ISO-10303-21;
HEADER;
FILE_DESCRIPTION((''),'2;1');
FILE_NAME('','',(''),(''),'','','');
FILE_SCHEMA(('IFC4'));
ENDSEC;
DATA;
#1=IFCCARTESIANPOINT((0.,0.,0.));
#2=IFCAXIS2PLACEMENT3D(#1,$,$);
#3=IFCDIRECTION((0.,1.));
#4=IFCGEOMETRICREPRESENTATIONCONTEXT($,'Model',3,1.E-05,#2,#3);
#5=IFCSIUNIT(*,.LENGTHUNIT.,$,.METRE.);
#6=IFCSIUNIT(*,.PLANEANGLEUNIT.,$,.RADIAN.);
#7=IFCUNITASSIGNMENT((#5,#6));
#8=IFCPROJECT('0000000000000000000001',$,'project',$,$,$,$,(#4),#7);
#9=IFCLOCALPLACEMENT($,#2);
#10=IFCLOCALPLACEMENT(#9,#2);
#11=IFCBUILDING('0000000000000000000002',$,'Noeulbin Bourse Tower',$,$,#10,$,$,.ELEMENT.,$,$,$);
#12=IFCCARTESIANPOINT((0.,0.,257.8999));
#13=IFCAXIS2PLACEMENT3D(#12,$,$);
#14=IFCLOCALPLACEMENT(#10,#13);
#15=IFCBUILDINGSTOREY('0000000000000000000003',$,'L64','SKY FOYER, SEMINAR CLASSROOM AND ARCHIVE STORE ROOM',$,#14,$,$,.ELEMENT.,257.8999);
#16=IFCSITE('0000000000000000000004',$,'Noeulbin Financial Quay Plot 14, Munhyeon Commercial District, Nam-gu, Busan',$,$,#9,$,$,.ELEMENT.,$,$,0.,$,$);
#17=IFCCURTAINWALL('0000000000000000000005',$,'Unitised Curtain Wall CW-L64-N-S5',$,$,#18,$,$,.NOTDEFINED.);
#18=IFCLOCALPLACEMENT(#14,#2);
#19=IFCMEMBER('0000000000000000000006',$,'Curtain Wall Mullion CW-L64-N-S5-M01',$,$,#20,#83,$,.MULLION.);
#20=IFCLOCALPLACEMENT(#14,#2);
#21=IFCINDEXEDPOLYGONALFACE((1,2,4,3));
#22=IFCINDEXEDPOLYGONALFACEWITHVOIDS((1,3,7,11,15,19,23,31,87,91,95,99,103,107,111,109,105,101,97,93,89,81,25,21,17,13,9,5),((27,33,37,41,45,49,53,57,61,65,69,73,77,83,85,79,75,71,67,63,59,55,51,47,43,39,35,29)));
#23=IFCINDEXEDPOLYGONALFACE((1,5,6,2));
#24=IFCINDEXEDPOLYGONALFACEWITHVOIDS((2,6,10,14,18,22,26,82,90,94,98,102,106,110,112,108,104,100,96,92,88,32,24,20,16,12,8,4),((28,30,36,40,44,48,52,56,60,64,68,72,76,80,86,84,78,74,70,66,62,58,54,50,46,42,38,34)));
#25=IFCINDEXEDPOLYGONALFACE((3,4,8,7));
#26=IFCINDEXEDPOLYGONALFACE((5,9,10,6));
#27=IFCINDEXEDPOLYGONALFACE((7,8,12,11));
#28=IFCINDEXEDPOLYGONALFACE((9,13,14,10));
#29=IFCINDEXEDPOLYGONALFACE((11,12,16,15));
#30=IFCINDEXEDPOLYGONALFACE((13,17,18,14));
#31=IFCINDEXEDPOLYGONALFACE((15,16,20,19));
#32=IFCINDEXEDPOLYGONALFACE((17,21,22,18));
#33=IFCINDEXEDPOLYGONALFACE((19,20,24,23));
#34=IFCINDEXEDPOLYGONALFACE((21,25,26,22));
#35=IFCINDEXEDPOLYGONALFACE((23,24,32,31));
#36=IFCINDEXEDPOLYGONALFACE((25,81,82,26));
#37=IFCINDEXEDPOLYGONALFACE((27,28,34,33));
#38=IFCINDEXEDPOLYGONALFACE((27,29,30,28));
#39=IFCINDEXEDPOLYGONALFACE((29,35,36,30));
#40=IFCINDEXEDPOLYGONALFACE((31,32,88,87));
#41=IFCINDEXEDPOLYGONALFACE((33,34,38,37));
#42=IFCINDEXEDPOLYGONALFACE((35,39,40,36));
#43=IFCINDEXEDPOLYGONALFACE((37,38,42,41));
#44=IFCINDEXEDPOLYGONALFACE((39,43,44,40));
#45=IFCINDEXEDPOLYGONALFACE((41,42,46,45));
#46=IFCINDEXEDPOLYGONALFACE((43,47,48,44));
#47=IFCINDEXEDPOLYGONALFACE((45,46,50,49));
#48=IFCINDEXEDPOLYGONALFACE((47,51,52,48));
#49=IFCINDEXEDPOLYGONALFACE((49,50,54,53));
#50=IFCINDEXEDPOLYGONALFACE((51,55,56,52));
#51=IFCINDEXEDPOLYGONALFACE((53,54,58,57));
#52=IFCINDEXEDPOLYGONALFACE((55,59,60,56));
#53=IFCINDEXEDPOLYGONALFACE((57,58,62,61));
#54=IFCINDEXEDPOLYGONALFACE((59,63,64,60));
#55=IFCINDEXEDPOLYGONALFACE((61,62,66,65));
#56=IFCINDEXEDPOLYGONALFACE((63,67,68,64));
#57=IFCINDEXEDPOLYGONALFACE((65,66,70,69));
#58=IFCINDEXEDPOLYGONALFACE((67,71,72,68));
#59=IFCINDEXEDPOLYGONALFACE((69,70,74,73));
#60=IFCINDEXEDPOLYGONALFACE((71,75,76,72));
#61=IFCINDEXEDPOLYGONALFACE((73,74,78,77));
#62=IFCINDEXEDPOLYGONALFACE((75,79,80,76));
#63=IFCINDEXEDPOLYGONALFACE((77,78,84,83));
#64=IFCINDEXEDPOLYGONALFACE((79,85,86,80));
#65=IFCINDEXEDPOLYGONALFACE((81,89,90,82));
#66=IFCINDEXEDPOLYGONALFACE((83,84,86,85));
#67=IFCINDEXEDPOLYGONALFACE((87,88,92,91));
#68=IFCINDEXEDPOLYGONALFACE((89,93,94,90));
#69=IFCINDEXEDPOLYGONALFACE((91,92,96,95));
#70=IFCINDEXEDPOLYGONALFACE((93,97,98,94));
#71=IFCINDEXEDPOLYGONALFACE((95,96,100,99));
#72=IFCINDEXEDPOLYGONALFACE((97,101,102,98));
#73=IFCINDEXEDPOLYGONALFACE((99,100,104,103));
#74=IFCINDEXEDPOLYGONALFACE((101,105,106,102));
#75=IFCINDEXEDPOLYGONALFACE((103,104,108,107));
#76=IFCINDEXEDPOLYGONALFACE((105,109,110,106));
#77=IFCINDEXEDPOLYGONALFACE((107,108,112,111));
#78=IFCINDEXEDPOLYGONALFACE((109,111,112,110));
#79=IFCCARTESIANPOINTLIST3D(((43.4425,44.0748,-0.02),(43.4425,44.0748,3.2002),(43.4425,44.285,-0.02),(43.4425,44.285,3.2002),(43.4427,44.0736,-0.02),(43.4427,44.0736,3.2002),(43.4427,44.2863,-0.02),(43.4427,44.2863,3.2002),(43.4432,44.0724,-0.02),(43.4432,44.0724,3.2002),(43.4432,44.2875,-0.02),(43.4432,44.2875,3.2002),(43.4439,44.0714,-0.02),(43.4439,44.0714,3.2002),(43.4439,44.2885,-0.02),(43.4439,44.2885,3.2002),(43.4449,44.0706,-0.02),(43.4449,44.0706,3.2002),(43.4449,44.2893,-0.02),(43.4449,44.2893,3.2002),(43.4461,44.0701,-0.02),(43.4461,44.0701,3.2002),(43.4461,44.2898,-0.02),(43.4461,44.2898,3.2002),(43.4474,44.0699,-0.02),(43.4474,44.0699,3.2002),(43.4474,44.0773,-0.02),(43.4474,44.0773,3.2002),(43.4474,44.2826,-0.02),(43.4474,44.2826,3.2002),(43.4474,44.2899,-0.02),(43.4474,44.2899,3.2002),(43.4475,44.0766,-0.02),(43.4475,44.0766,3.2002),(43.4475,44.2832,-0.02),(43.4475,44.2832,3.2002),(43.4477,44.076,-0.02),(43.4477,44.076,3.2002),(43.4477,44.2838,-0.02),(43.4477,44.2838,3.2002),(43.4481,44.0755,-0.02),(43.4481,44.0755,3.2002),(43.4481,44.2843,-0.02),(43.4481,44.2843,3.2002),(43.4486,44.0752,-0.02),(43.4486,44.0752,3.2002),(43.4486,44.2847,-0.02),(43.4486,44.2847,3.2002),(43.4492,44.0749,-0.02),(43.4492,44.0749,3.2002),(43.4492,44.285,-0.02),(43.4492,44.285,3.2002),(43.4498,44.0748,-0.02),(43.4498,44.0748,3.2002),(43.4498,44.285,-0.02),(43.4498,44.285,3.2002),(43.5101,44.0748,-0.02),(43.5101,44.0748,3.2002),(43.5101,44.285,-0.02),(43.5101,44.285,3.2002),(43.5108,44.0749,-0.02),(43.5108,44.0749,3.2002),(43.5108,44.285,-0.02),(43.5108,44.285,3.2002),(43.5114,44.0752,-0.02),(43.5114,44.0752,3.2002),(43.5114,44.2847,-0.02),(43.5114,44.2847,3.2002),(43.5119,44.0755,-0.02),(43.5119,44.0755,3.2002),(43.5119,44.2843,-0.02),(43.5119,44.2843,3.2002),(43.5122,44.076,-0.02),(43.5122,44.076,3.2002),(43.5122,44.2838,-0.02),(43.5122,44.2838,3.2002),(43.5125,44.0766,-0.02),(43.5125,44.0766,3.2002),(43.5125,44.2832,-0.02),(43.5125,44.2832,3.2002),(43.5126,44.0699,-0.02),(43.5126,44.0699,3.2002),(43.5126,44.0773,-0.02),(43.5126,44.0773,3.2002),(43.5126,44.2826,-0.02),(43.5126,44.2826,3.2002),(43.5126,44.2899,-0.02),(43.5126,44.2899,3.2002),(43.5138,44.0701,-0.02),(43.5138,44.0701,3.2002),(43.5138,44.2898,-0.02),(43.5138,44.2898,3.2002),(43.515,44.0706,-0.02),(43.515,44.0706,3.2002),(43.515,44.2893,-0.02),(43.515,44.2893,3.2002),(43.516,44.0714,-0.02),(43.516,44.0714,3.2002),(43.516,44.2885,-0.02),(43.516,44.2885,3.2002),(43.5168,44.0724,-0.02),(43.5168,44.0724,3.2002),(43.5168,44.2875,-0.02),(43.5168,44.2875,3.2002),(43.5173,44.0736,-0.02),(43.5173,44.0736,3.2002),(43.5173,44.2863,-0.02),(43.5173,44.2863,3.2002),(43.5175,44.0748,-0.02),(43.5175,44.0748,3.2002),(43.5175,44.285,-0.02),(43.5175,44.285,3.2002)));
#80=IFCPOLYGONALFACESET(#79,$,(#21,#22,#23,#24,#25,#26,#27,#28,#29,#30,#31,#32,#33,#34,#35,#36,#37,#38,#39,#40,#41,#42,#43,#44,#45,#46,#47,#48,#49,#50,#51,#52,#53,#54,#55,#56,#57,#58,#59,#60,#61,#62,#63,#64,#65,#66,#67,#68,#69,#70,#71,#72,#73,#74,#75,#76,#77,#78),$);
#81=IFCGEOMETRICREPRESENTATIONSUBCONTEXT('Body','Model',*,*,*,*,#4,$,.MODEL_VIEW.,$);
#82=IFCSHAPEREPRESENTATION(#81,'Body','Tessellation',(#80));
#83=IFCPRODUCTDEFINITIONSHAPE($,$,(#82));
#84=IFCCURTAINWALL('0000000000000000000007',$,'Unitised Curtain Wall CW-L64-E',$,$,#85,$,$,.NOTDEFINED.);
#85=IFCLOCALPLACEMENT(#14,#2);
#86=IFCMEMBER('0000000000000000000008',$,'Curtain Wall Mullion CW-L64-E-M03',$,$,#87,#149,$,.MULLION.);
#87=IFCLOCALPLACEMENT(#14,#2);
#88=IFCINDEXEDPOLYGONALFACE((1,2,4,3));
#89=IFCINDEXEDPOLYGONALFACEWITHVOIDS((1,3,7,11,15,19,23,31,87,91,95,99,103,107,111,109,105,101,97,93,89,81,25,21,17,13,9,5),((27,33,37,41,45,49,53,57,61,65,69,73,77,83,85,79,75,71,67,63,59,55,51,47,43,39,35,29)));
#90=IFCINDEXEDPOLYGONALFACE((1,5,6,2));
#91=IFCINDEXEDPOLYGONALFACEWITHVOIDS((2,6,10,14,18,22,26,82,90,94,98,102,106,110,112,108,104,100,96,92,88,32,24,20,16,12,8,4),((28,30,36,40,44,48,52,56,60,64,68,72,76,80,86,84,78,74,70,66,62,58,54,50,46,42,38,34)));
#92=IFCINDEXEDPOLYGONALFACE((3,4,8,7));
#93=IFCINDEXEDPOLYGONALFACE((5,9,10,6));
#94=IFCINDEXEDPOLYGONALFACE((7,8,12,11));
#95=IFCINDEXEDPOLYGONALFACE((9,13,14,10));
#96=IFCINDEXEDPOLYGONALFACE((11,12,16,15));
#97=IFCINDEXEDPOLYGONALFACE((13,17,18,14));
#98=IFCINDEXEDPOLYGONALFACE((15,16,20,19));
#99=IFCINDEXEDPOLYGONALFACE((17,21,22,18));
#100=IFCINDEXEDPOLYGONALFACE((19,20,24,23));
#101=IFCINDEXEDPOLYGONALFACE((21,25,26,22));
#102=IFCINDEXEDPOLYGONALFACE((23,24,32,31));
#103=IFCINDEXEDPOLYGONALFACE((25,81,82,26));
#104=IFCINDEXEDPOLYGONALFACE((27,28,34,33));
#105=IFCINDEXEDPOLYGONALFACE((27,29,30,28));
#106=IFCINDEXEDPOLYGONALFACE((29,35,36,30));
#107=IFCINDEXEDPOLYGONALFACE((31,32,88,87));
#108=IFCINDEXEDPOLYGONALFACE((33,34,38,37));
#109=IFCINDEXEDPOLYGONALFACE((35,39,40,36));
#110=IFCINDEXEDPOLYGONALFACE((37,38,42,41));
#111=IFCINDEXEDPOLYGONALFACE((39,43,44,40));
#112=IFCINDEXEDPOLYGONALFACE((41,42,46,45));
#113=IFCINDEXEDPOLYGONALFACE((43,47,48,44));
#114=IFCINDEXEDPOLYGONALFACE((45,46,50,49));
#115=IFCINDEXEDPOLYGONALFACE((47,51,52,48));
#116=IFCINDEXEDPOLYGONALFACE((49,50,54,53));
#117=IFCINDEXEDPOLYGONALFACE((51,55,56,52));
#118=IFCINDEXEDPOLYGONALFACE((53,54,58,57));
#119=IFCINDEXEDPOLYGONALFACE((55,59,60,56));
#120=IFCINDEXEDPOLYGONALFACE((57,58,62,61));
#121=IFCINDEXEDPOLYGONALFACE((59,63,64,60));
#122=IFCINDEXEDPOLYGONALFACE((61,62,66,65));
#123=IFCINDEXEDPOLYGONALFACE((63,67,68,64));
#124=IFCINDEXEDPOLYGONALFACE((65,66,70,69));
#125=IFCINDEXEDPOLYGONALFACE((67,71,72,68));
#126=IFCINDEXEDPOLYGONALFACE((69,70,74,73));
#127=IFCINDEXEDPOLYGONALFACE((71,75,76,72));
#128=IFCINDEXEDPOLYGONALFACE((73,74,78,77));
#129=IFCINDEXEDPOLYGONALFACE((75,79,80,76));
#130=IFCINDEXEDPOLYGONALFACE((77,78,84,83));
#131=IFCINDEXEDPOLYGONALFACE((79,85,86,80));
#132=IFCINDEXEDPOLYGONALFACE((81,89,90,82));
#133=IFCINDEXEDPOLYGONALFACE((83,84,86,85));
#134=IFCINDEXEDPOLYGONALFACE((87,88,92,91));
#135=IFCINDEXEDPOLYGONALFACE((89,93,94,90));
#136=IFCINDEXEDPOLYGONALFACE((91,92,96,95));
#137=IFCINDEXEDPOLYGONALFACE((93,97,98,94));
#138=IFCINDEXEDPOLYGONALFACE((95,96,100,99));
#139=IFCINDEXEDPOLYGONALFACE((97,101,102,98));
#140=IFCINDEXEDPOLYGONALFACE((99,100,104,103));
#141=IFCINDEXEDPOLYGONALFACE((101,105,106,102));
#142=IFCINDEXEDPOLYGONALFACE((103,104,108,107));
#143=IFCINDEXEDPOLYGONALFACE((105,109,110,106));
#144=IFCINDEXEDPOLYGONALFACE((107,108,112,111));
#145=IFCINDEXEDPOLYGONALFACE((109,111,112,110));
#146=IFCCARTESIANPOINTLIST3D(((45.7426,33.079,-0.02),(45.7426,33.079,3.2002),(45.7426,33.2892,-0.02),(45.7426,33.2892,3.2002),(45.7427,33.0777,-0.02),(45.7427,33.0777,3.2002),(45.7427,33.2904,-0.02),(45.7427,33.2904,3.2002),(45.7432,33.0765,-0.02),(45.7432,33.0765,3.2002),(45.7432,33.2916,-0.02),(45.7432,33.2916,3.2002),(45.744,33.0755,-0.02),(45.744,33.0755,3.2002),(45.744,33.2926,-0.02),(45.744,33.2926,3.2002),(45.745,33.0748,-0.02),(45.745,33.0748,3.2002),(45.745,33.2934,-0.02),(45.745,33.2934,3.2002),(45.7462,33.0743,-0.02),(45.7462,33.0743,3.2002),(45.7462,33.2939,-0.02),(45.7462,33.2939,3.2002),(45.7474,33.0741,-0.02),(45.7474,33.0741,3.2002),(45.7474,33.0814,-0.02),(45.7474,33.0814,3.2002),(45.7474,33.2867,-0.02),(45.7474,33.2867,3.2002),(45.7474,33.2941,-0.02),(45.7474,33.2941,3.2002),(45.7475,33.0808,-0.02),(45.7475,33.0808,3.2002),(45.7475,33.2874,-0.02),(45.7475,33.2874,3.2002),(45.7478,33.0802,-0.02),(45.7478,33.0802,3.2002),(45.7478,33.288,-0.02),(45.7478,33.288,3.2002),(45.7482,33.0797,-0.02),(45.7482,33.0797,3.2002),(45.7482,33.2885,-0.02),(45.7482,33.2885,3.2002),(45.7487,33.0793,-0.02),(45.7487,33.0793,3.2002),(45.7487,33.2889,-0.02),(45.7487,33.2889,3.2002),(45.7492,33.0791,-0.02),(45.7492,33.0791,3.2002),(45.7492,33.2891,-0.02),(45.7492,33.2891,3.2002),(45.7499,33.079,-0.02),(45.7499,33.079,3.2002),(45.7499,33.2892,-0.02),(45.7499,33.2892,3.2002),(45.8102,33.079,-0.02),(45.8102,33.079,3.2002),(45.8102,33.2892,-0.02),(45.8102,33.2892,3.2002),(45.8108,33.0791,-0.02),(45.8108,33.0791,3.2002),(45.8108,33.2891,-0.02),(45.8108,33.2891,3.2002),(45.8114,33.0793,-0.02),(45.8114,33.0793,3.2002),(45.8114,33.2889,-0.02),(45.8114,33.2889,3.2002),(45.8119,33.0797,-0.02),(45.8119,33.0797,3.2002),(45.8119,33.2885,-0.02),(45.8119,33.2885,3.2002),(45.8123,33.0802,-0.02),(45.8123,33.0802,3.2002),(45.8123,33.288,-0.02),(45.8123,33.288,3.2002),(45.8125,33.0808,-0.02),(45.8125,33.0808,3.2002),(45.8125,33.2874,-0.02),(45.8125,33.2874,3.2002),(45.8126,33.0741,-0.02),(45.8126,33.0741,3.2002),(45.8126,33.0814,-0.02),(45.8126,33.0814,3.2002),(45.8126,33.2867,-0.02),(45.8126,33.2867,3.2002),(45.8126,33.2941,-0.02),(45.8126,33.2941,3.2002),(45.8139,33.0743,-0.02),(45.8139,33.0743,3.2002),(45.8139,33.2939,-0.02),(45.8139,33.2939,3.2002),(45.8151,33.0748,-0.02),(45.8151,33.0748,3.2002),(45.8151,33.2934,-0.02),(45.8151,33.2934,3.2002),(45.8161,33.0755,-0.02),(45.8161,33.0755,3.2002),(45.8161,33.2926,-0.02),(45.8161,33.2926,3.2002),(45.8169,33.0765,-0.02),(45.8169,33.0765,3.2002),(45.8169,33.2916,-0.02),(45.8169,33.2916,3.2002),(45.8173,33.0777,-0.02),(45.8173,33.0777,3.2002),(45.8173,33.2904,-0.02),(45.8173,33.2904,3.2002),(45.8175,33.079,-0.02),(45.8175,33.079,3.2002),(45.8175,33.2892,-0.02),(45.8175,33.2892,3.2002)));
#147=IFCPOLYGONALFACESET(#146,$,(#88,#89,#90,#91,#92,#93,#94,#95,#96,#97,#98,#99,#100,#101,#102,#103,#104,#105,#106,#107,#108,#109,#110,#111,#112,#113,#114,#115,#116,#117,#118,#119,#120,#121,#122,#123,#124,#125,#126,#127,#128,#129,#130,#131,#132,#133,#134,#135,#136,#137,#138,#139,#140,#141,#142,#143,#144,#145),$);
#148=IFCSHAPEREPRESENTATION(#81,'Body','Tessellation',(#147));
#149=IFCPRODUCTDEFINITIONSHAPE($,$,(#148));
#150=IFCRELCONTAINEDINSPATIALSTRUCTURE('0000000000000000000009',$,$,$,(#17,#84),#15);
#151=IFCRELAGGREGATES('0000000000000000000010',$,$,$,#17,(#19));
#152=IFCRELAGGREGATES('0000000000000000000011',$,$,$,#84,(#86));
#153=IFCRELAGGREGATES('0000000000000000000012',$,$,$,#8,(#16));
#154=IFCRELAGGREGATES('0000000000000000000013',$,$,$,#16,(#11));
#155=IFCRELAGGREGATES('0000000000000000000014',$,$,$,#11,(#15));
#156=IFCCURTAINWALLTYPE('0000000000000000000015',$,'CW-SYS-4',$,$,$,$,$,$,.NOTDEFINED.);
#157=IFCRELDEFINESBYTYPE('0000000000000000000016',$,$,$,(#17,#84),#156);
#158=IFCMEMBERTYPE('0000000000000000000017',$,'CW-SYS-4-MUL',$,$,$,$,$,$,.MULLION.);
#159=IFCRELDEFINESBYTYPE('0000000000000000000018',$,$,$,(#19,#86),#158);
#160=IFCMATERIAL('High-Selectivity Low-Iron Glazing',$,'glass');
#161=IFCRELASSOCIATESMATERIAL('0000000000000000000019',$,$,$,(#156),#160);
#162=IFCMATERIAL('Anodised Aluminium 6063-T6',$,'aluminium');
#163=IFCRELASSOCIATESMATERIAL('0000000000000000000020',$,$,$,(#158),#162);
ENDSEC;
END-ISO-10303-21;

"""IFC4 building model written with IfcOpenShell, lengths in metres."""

from ifc_helpers import new_model, si_unit, direction, frame, origin, origin_2d, place, context, subcontext, project, spatial, hollow_rectangle, extrude, material, material_profile, profile_set, type_object, element, aggregate, save


model = new_model("IFC4")

# Units and contexts
model_context = context("Model", 3, precision=1e-05, world=origin(), true_north=direction((0.0, 1.0)))
body_context = subcontext(model_context, "Body", "Model", "MODEL_VIEW")
ifc_project = project(units=[si_unit("LENGTHUNIT", "METRE"), si_unit("PLANEANGLEUNIT", "RADIAN")], contexts=[model_context])

# Site, building, storey
site_placement = place(None, origin())
site = spatial("IfcSite", under=ifc_project, at=site_placement, Name="Noeulbin Financial Quay Plot 14, Munhyeon Commercial District, Nam-gu, Busan", CompositionType="ELEMENT", RefElevation=0.0)
building_placement = place(site_placement, origin())
building = spatial("IfcBuilding", under=site, at=building_placement, Name="Noeulbin Bourse Tower", CompositionType="ELEMENT")
storey_placement = place(building_placement, frame((0.0, 0.0, 257.8999)))
storey = spatial("IfcBuildingStorey", under=building, at=storey_placement, Name="L64", Description="SKY FOYER, SEMINAR CLASSROOM AND ARCHIVE STORE ROOM", CompositionType="ELEMENT", Elevation=257.8999)

# Shared definitions
ifc_material_1 = material(Name="High-Selectivity Low-Iron Glazing", Category="glass")
curtain_wall_type = type_object("IfcCurtainWallType", Name="CW-SYS-4", PredefinedType="NOTDEFINED", material=ifc_material_1)
ifc_material_2 = material(Name="Anodised Aluminium 6063-T6", Category="aluminium")
ifc_material_profile_1 = material_profile(ifc_material_2, hollow_rectangle(XDim=0.075, YDim=0.22, WallThickness=0.0049, InnerFilletRadius=0.0024, OuterFilletRadius=0.0049, at=origin_2d()), Name="ALU-MULL-75x220x5", Category="LoadBearing")
ifc_profile_set_1 = profile_set([ifc_material_profile_1], Name="Anodised Aluminium 6063-T6")
member_type_1 = type_object("IfcMemberType", Name="CW-SYS-4-MUL", PredefinedType="MULLION", material=ifc_profile_set_1)

# Curtain walls, members
curtain_wall_1_placement = place(storey_placement, origin())
curtain_wall_1 = element("IfcCurtainWall", 1, at=curtain_wall_1_placement, inside=storey, type_object=curtain_wall_type, Name="Unitised Curtain Wall CW-L64-N-S5", PredefinedType="NOTDEFINED")
member_1_placement = place(storey_placement, frame((43.48, 44.1799, -0.02), z_axis=(0.0, 0.0, 1.0), x_axis=(1.0, 0.0, 0.0)))
member_1 = element("IfcMember", 2, at=member_1_placement, type_object=member_type_1, Name="Curtain Wall Mullion CW-L64-N-S5-M01", PredefinedType="MULLION", context=body_context, shape_type="SweptSolid", body=[
    extrude(hollow_rectangle(XDim=0.075, YDim=0.22, WallThickness=0.0049, InnerFilletRadius=0.0024, OuterFilletRadius=0.0049, at=origin_2d()), origin(), (0.0, 0.0, 1.0), 3.2202),
])
curtain_wall_2_placement = place(storey_placement, origin())
curtain_wall_2 = element("IfcCurtainWall", 3, at=curtain_wall_2_placement, inside=storey, type_object=curtain_wall_type, Name="Unitised Curtain Wall CW-L64-E", PredefinedType="NOTDEFINED")
member_2_placement = place(storey_placement, frame((45.78, 33.1841, -0.02), z_axis=(0.0, 0.0, 1.0), x_axis=(1.0, 0.0, 0.0)))
member_2 = element("IfcMember", 4, at=member_2_placement, type_object=member_type_1, Name="Curtain Wall Mullion CW-L64-E-M03", PredefinedType="MULLION", context=body_context, shape_type="SweptSolid", body=[
    extrude(hollow_rectangle(XDim=0.075, YDim=0.22, WallThickness=0.0049, InnerFilletRadius=0.0024, OuterFilletRadius=0.0049, at=origin_2d()), origin(), (0.0, 0.0, 1.0), 3.2202),
])

aggregate(curtain_wall_1, [member_1])
aggregate(curtain_wall_2, [member_2])

save(model, "model.ifc")
